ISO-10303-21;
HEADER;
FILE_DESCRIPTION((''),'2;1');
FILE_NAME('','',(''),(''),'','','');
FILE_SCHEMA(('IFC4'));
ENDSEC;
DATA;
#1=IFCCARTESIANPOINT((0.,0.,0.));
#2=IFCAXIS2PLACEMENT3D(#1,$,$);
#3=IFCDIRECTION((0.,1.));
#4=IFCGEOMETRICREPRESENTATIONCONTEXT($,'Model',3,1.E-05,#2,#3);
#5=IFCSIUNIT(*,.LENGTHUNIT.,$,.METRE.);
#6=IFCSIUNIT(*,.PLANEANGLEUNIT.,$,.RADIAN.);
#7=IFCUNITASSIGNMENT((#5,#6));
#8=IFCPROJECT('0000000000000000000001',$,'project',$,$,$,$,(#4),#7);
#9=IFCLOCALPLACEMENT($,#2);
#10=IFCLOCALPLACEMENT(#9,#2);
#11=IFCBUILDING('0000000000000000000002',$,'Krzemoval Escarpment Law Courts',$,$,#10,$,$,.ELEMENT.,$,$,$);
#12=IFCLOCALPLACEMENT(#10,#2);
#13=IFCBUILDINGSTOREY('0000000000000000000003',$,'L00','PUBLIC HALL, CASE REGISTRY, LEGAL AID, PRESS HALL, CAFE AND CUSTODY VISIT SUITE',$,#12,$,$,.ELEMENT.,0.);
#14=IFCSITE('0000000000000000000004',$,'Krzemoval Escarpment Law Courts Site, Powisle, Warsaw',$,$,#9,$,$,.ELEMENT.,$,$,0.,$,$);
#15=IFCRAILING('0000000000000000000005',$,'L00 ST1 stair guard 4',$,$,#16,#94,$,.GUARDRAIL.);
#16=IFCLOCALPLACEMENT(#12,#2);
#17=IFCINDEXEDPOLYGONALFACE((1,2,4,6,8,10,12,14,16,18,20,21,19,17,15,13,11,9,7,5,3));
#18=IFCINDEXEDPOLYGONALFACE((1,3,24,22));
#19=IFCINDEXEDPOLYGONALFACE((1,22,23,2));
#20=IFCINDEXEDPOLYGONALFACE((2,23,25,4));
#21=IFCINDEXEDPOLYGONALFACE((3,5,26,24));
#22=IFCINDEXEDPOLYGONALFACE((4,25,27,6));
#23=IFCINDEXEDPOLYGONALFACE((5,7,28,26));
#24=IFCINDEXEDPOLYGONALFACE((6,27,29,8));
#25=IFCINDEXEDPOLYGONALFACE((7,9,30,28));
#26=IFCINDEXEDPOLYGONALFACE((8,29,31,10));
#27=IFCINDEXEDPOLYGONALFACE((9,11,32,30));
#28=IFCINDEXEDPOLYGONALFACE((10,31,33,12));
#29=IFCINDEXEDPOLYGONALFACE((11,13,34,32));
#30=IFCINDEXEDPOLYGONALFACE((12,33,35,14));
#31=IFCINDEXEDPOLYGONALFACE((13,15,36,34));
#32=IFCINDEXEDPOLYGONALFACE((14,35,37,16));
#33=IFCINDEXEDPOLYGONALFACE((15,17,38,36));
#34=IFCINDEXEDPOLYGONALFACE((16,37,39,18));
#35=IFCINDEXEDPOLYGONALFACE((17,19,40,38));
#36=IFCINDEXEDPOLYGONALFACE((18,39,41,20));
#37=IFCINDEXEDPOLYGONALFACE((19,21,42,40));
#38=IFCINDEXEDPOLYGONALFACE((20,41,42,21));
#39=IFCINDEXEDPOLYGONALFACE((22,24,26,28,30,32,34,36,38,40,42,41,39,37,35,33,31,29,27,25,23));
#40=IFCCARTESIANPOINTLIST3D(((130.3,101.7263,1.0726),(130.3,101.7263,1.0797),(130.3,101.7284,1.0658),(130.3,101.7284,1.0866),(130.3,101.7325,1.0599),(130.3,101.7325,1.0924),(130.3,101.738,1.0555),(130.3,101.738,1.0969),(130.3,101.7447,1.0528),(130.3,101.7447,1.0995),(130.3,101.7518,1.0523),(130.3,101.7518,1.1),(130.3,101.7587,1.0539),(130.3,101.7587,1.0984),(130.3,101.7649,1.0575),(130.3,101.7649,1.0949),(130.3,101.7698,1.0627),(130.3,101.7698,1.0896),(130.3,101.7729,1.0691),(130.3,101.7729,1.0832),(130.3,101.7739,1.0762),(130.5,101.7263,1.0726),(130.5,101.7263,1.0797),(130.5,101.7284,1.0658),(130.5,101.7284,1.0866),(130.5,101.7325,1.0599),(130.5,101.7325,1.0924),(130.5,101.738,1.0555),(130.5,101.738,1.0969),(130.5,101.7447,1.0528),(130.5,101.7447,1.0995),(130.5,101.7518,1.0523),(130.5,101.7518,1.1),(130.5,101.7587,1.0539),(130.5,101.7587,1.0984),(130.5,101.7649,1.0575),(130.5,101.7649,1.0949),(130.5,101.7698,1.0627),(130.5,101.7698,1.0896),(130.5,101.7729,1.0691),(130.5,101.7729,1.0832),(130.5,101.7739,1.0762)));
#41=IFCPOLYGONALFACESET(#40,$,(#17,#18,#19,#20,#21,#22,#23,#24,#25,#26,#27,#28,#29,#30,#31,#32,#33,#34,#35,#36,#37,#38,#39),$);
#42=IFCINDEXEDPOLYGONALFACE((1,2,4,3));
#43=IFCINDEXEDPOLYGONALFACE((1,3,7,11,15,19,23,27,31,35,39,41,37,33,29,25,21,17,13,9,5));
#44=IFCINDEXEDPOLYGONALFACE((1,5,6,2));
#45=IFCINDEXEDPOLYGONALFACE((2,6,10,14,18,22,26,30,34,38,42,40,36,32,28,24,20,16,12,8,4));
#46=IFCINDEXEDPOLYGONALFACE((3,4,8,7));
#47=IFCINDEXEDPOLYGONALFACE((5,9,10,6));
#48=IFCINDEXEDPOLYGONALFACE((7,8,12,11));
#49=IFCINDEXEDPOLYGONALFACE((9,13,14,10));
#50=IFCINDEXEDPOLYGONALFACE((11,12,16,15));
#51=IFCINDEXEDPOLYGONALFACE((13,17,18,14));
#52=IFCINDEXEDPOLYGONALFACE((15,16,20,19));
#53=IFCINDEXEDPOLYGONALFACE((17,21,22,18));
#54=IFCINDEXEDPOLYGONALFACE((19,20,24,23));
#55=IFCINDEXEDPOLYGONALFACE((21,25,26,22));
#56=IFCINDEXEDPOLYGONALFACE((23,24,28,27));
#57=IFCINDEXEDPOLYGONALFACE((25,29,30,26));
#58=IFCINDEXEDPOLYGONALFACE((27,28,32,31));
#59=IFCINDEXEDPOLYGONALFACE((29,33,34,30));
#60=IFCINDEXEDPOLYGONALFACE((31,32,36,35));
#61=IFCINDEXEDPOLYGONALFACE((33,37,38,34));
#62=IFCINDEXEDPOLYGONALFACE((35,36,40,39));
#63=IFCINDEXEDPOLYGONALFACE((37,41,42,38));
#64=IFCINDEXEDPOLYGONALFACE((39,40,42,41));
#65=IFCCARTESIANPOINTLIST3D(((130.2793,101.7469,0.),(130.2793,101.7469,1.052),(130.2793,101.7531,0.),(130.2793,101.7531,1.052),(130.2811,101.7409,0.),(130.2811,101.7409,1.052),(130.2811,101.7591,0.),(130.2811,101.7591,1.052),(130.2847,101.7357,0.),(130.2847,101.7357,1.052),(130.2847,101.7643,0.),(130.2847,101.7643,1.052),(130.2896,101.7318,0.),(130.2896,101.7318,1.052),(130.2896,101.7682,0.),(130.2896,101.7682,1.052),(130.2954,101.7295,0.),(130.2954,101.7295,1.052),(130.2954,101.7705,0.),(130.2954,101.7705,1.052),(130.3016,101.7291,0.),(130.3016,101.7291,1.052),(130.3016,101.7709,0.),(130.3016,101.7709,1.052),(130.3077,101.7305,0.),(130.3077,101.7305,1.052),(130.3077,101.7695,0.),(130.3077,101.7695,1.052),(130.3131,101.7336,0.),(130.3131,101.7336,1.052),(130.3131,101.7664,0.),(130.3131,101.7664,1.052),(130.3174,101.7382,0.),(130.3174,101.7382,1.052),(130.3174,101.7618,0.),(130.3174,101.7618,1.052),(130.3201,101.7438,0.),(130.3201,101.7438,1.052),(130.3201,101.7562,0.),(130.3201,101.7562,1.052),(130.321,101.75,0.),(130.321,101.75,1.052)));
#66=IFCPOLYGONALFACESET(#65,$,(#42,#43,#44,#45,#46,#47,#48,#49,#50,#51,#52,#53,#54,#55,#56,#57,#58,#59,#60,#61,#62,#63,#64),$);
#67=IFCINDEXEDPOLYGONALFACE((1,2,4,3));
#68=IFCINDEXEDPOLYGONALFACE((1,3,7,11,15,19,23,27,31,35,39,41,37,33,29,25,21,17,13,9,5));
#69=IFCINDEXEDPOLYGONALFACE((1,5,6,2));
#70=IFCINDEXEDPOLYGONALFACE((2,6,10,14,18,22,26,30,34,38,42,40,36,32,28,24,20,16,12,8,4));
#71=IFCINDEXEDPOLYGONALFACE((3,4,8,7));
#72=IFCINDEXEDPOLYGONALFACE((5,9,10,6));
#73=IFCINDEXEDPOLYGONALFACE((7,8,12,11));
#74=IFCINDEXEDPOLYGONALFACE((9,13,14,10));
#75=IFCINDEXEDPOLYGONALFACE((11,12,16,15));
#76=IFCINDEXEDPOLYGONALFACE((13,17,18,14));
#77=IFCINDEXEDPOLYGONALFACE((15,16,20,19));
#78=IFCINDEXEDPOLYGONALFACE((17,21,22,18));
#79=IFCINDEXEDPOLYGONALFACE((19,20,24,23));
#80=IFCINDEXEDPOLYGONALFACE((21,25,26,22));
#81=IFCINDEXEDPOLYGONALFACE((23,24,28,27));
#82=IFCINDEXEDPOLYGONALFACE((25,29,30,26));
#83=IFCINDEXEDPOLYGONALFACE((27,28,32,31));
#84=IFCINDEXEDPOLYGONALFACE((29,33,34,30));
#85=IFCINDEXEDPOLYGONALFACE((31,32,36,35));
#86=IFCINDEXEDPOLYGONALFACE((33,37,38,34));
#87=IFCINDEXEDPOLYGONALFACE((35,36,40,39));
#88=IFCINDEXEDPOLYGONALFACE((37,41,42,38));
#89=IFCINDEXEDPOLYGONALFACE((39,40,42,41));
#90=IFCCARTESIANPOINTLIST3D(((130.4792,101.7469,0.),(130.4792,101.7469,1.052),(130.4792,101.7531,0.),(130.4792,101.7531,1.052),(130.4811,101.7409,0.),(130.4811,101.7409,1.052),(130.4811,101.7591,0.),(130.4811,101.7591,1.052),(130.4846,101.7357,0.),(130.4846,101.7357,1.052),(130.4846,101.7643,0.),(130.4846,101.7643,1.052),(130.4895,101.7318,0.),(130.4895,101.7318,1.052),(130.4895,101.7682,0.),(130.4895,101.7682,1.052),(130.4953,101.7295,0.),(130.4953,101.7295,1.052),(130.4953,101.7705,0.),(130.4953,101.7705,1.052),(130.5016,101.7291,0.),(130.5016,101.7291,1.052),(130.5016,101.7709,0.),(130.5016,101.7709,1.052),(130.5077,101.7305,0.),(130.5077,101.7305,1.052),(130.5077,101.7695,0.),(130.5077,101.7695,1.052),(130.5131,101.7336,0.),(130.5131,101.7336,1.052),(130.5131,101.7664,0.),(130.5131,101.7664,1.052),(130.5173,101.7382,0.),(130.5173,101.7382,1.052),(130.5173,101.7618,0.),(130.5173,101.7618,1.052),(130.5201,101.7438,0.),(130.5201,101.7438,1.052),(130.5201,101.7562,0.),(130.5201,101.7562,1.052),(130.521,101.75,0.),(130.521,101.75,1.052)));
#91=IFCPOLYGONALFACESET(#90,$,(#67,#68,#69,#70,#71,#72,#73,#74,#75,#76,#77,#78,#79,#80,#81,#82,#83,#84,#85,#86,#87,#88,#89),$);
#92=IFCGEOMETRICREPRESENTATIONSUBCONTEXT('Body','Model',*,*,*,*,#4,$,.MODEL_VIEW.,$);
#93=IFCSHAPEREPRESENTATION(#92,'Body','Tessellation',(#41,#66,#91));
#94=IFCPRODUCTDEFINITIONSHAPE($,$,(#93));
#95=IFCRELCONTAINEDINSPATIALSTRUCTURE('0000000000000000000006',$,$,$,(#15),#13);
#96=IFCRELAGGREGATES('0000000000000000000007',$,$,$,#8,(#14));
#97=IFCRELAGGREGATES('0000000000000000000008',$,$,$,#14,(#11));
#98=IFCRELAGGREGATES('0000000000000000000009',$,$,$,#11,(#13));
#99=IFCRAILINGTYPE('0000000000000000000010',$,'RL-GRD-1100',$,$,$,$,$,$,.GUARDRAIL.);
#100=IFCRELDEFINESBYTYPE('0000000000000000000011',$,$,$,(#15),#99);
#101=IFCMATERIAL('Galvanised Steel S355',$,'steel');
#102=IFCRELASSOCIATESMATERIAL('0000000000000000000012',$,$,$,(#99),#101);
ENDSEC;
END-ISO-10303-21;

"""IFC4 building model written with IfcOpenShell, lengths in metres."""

from ifc_helpers import new_model, si_unit, direction, frame, origin, origin_2d, place, context, subcontext, project, spatial, circle, extrude, material, type_object, element, save


model = new_model("IFC4")

# Units and contexts
model_context = context("Model", 3, precision=1e-05, world=origin(), true_north=direction((0.0, 1.0)))
body_context = subcontext(model_context, "Body", "Model", "MODEL_VIEW")
ifc_project = project(units=[si_unit("LENGTHUNIT", "METRE"), si_unit("PLANEANGLEUNIT", "RADIAN")], contexts=[model_context])

# Site, building, storey
site_placement = place(None, origin())
site = spatial("IfcSite", under=ifc_project, at=site_placement, Name="Krzemoval Escarpment Law Courts Site, Powisle, Warsaw", CompositionType="ELEMENT", RefElevation=0.0)
building_placement = place(site_placement, origin())
building = spatial("IfcBuilding", under=site, at=building_placement, Name="Krzemoval Escarpment Law Courts", CompositionType="ELEMENT")
storey_placement = place(building_placement, origin())
storey = spatial("IfcBuildingStorey", under=building, at=storey_placement, Name="L00", Description="PUBLIC HALL, CASE REGISTRY, LEGAL AID, PRESS HALL, CAFE AND CUSTODY VISIT SUITE", CompositionType="ELEMENT", Elevation=0.0)

# Railing
ifc_material_1 = material(Name="Galvanised Steel S355", Category="steel")
railing_type_1 = type_object("IfcRailingType", Name="RL-GRD-1100", PredefinedType="GUARDRAIL", material=ifc_material_1)
railing_1_placement = place(storey_placement, frame((130.3, 101.75, 0.0)))
element("IfcRailing", 1, at=railing_1_placement, inside=storey, type_object=railing_type_1, Name="L00 ST1 stair guard 4", PredefinedType="GUARDRAIL", context=body_context, shape_type="SweptSolid", body=[
    extrude(circle(Radius=0.0239, at=origin_2d()), frame((0.0, 0.0, 1.0762), z_axis=(1.0, 0.0, 0.0), x_axis=(0.0, 1.0, 0.0)), (0.0, 0.0, 1.0), 0.2),
    extrude(circle(Radius=0.021, at=origin_2d()), origin(), (0.0, 0.0, 1.0), 1.052),
    extrude(circle(Radius=0.021, at=origin_2d()), frame((0.2, 0.0, 0.0)), (0.0, 0.0, 1.0), 1.052),
])

save(model, "model.ifc")
